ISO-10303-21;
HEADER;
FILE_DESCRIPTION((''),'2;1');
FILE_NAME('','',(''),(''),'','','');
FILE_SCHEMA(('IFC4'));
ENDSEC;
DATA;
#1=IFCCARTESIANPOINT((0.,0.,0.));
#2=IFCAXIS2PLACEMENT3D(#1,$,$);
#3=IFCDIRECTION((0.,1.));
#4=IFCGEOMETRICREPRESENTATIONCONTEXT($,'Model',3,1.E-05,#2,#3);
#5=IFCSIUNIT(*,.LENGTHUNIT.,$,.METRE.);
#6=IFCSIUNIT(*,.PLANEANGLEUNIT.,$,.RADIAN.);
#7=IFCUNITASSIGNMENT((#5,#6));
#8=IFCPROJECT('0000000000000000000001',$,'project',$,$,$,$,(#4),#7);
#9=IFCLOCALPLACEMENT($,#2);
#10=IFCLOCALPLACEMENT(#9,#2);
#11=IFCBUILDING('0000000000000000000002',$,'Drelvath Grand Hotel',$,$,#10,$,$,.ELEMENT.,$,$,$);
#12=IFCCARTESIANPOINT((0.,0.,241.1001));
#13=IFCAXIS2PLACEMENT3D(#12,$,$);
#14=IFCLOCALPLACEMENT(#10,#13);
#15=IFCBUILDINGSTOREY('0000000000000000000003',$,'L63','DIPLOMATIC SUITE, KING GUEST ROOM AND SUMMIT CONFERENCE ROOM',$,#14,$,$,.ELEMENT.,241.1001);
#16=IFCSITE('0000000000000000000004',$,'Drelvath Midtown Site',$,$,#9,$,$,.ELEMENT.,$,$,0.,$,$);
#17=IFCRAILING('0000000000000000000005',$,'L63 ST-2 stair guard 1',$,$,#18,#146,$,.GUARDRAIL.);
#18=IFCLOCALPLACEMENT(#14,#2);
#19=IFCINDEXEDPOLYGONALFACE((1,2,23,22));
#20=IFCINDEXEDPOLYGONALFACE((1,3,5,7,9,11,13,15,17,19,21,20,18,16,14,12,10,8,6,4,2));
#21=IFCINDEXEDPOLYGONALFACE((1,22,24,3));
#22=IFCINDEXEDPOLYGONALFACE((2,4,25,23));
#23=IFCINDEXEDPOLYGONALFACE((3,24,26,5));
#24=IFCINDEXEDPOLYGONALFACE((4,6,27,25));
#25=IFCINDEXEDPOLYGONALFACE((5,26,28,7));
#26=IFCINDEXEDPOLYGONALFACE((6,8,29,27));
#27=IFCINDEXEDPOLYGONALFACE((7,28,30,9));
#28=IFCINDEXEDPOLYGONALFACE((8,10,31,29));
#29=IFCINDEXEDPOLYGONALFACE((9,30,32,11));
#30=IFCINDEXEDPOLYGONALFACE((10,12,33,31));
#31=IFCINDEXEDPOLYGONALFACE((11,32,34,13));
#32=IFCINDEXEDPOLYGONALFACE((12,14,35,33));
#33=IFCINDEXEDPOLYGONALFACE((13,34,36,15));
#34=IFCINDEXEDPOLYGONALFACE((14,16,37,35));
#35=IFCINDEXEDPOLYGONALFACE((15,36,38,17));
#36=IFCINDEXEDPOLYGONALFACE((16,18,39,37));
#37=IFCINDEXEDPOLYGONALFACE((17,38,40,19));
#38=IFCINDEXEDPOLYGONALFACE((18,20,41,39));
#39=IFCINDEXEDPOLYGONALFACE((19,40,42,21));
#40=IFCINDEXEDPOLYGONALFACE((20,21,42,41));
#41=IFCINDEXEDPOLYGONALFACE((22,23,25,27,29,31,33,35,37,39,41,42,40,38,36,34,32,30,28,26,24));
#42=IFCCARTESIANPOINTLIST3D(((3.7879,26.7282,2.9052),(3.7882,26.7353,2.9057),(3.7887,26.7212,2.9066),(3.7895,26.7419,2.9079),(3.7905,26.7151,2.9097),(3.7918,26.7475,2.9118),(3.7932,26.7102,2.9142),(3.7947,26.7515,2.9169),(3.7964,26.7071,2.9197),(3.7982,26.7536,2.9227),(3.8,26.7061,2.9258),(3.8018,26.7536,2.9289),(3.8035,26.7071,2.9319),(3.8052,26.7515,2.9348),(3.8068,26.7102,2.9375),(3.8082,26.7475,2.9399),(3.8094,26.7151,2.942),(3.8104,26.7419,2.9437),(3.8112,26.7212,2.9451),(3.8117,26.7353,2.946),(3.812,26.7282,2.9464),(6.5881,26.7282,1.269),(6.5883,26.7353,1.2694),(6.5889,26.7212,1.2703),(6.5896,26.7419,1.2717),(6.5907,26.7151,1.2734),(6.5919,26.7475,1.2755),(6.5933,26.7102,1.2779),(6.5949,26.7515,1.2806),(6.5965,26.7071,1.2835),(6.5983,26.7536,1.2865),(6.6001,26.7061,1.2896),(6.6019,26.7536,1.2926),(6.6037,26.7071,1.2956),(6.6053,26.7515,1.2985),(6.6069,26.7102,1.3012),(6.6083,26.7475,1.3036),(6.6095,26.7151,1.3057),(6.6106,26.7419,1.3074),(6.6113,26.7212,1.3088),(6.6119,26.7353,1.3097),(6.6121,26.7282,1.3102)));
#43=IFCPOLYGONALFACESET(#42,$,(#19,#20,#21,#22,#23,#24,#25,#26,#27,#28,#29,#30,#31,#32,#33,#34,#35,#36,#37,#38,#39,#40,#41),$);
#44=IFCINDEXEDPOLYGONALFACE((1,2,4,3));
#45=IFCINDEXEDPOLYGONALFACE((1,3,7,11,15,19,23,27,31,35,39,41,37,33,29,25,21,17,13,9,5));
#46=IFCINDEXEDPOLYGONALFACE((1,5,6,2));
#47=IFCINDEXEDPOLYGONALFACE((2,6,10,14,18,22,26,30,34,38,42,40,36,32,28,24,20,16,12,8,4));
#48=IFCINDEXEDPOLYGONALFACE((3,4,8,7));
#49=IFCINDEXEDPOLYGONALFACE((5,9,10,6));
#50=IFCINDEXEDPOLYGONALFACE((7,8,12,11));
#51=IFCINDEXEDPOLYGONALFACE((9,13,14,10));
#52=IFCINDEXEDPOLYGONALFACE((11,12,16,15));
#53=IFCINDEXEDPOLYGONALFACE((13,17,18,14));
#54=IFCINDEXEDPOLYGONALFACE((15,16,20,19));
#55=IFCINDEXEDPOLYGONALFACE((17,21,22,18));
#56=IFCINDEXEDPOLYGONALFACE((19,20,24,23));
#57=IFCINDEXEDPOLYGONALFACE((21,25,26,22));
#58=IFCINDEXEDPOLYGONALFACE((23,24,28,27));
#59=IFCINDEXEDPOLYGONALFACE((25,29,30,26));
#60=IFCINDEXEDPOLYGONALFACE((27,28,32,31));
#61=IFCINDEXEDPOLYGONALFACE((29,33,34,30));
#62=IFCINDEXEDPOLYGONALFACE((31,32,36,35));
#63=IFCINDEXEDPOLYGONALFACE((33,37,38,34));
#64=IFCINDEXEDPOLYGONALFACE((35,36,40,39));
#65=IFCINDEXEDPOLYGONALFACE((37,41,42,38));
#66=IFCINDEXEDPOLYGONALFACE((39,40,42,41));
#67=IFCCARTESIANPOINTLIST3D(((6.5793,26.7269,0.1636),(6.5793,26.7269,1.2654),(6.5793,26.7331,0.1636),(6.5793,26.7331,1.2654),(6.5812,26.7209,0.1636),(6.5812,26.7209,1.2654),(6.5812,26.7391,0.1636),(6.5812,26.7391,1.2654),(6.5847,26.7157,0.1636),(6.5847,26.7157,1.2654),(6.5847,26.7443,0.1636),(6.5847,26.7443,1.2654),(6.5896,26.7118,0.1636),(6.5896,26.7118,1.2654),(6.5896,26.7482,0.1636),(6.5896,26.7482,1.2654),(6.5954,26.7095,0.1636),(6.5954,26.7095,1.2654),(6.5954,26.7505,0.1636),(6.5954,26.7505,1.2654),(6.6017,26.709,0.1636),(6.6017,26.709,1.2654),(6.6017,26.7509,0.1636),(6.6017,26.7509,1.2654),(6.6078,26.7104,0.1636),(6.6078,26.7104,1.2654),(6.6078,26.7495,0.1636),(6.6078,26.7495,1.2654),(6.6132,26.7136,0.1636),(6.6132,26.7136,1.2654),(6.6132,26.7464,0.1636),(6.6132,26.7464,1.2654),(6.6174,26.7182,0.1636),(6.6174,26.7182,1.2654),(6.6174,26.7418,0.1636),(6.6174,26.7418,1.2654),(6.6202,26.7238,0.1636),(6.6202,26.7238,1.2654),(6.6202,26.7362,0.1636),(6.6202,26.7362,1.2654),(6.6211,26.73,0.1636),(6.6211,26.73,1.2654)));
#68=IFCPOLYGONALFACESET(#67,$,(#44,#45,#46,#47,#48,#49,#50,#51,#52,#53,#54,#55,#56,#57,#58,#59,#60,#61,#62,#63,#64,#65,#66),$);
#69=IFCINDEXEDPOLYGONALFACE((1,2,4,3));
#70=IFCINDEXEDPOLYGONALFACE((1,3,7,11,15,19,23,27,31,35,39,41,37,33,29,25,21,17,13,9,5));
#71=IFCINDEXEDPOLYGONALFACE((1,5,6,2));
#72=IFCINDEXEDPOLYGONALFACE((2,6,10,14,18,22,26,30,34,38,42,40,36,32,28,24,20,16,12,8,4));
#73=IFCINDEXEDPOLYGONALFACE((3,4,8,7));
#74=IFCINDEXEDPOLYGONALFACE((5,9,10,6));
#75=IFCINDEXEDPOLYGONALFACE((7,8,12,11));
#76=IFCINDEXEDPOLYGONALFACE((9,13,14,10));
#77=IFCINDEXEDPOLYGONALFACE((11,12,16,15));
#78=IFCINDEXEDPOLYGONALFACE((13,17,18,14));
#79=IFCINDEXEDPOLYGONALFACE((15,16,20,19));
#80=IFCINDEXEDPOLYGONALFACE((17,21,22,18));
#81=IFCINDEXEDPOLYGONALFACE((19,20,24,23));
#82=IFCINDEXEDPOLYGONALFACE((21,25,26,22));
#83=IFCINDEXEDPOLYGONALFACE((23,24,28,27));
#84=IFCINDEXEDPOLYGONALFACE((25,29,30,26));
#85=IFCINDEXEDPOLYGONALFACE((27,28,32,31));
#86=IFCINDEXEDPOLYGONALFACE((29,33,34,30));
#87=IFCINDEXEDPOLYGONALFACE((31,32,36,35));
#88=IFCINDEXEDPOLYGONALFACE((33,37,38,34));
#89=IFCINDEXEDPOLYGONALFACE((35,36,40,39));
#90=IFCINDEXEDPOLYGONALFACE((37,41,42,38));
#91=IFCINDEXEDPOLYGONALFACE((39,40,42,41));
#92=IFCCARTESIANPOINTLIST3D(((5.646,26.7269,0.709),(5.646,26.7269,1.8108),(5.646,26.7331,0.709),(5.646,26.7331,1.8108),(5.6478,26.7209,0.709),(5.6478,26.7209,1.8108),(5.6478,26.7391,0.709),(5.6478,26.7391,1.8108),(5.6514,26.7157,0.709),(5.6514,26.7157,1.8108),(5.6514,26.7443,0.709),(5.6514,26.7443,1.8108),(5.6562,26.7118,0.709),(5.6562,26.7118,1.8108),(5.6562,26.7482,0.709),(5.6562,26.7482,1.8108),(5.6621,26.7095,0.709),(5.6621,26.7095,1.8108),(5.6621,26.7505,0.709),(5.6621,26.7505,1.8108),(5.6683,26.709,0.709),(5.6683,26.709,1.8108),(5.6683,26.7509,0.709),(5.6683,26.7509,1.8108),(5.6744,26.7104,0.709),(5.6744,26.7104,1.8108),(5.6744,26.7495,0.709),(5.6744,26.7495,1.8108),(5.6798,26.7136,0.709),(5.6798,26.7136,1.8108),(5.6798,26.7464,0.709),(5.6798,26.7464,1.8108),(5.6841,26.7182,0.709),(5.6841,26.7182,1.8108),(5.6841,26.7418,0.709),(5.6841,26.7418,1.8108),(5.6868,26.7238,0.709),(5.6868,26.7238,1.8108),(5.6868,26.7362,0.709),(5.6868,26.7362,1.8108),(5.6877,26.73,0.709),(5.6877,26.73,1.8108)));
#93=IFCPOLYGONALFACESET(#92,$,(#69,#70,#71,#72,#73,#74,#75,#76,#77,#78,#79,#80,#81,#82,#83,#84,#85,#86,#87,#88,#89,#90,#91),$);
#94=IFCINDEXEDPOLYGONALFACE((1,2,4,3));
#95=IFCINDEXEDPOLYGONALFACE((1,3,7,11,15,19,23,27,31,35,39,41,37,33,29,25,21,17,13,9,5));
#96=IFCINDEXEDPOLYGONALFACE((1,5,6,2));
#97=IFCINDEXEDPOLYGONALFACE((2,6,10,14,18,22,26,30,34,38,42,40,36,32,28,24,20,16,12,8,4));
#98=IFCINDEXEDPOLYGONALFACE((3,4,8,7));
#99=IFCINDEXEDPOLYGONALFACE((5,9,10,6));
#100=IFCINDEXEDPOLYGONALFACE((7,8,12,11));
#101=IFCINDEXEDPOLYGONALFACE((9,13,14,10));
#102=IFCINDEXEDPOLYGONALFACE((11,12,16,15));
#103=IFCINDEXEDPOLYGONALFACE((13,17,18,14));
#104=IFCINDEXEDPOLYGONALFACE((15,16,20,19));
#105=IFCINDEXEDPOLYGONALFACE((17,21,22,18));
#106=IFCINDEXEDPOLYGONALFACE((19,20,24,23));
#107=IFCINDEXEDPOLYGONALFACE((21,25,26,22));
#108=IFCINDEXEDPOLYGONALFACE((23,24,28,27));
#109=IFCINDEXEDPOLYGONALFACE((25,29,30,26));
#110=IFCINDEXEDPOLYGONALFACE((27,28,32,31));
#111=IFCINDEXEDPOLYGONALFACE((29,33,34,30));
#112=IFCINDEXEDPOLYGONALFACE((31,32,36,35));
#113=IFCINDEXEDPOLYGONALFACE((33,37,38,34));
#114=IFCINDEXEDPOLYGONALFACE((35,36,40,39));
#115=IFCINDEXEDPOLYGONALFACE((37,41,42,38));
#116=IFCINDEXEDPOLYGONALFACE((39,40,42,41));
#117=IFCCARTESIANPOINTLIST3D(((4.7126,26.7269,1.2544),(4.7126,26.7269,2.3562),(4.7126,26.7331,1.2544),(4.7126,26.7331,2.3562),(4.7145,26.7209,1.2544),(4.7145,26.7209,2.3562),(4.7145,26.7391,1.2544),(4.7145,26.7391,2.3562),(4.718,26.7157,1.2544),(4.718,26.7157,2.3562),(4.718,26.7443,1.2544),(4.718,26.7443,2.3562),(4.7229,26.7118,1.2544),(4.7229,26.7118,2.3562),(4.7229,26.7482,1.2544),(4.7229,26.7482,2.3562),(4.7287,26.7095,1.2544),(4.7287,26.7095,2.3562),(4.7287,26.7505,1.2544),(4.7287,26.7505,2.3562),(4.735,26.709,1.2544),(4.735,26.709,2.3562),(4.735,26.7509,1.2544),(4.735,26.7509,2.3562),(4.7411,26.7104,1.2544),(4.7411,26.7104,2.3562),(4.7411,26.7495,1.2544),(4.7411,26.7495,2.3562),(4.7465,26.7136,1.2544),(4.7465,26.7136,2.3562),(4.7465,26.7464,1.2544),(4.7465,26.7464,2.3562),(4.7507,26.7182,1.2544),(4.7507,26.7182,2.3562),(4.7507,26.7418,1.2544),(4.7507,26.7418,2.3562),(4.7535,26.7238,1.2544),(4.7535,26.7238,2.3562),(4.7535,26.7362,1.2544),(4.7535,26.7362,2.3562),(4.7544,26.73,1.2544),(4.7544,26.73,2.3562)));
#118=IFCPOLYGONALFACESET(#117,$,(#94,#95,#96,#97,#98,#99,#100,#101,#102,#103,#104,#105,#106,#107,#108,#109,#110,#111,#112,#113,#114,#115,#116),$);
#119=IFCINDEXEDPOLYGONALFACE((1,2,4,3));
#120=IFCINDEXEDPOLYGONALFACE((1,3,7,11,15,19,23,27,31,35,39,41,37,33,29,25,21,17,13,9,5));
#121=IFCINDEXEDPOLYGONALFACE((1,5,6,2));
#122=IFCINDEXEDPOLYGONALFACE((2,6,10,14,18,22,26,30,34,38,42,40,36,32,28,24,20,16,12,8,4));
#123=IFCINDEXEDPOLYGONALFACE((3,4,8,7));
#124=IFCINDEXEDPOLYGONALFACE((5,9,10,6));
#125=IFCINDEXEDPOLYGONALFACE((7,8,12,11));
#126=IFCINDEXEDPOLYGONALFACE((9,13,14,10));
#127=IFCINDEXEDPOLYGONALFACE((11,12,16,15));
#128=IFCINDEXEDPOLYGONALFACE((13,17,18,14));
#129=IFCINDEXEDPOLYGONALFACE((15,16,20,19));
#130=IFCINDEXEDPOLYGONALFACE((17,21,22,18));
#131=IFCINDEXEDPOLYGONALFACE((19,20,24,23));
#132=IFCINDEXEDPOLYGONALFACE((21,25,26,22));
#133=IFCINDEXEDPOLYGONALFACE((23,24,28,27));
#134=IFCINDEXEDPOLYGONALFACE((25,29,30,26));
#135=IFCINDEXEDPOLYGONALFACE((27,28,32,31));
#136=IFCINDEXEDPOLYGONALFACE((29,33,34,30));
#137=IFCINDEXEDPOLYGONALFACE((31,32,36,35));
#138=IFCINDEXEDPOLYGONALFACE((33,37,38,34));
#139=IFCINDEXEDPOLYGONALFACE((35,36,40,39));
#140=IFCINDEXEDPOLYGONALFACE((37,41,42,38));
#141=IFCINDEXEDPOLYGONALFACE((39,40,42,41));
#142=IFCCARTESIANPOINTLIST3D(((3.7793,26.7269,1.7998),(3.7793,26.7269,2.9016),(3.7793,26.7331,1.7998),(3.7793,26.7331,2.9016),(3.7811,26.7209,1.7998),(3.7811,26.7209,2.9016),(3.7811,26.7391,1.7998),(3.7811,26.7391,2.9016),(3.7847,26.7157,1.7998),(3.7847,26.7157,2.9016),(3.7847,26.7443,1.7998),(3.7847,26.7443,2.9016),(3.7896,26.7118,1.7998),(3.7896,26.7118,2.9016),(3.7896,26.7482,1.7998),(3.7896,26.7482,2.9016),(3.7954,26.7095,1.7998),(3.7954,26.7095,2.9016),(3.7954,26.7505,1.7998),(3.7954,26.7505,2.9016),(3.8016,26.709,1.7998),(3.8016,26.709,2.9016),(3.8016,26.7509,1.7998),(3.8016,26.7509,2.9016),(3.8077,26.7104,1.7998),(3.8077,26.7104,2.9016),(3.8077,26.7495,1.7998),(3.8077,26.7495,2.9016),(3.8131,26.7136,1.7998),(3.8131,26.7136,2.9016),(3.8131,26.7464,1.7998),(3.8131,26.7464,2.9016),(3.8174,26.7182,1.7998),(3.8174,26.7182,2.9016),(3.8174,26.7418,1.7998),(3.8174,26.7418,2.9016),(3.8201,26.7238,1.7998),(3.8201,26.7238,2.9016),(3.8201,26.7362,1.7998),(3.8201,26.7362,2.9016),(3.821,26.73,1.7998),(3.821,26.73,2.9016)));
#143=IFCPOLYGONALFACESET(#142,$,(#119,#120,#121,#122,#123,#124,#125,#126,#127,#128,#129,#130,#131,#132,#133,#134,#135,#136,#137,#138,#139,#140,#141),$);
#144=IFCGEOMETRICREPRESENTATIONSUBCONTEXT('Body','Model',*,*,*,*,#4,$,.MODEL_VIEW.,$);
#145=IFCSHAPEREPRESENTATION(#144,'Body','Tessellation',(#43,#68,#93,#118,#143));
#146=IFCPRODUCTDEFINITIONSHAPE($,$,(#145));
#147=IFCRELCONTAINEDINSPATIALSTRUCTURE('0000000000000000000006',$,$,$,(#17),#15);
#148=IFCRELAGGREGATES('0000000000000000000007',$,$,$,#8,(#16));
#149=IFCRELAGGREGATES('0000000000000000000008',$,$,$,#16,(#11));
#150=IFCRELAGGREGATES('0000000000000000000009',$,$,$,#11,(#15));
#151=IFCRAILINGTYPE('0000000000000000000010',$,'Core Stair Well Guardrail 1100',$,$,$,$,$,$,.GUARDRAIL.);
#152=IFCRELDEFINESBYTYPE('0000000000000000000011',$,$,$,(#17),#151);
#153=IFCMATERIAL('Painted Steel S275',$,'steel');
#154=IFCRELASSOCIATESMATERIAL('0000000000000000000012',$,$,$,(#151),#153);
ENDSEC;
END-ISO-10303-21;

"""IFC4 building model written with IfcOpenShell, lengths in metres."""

from ifc_helpers import new_model, si_unit, direction, frame, origin, origin_2d, place, context, subcontext, project, spatial, circle, extrude, material, type_object, element, save


model = new_model("IFC4")

# Units and contexts
model_context = context("Model", 3, precision=1e-05, world=origin(), true_north=direction((0.0, 1.0)))
body_context = subcontext(model_context, "Body", "Model", "MODEL_VIEW")
ifc_project = project(units=[si_unit("LENGTHUNIT", "METRE"), si_unit("PLANEANGLEUNIT", "RADIAN")], contexts=[model_context])

# Site, building, storey
site_placement = place(None, origin())
site = spatial("IfcSite", under=ifc_project, at=site_placement, Name="Drelvath Midtown Site", CompositionType="ELEMENT", RefElevation=0.0)
building_placement = place(site_placement, origin())
building = spatial("IfcBuilding", under=site, at=building_placement, Name="Drelvath Grand Hotel", CompositionType="ELEMENT")
storey_placement = place(building_placement, frame((0.0, 0.0, 241.1001)))
storey = spatial("IfcBuildingStorey", under=building, at=storey_placement, Name="L63", Description="DIPLOMATIC SUITE, KING GUEST ROOM AND SUMMIT CONFERENCE ROOM", CompositionType="ELEMENT", Elevation=241.1001)

# Railing
ifc_material_1 = material(Name="Painted Steel S275", Category="steel")
railing_type_1 = type_object("IfcRailingType", Name="Core Stair Well Guardrail 1100", PredefinedType="GUARDRAIL", material=ifc_material_1)
railing_1_placement = place(storey_placement, frame((6.6001, 26.73, 0.1636)))
element("IfcRailing", 1, at=railing_1_placement, inside=storey, type_object=railing_type_1, Name="L63 ST-2 stair guard 1", PredefinedType="GUARDRAIL", context=body_context, shape_type="SweptSolid", body=[
    extrude(circle(Radius=0.0239, at=origin_2d()), frame((0.0, 0.0, 1.126), z_axis=(-0.863394, 0.0, 0.504531), x_axis=(0.0, -1.0, 0.0)), (0.0, 0.0, 1.0), 3.2432),
    extrude(circle(Radius=0.021, at=origin_2d()), origin(), (0.0, 0.0, 1.0), 1.1018),
    extrude(circle(Radius=0.021, at=origin_2d()), frame((-0.9333, 0.0, 0.5454)), (0.0, 0.0, 1.0), 1.1018),
    extrude(circle(Radius=0.021, at=origin_2d()), frame((-1.8667, 0.0, 1.0908)), (0.0, 0.0, 1.0), 1.1018),
    extrude(circle(Radius=0.021, at=origin_2d()), frame((-2.8, 0.0, 1.6362)), (0.0, 0.0, 1.0), 1.1018),
])

save(model, "model.ifc")
